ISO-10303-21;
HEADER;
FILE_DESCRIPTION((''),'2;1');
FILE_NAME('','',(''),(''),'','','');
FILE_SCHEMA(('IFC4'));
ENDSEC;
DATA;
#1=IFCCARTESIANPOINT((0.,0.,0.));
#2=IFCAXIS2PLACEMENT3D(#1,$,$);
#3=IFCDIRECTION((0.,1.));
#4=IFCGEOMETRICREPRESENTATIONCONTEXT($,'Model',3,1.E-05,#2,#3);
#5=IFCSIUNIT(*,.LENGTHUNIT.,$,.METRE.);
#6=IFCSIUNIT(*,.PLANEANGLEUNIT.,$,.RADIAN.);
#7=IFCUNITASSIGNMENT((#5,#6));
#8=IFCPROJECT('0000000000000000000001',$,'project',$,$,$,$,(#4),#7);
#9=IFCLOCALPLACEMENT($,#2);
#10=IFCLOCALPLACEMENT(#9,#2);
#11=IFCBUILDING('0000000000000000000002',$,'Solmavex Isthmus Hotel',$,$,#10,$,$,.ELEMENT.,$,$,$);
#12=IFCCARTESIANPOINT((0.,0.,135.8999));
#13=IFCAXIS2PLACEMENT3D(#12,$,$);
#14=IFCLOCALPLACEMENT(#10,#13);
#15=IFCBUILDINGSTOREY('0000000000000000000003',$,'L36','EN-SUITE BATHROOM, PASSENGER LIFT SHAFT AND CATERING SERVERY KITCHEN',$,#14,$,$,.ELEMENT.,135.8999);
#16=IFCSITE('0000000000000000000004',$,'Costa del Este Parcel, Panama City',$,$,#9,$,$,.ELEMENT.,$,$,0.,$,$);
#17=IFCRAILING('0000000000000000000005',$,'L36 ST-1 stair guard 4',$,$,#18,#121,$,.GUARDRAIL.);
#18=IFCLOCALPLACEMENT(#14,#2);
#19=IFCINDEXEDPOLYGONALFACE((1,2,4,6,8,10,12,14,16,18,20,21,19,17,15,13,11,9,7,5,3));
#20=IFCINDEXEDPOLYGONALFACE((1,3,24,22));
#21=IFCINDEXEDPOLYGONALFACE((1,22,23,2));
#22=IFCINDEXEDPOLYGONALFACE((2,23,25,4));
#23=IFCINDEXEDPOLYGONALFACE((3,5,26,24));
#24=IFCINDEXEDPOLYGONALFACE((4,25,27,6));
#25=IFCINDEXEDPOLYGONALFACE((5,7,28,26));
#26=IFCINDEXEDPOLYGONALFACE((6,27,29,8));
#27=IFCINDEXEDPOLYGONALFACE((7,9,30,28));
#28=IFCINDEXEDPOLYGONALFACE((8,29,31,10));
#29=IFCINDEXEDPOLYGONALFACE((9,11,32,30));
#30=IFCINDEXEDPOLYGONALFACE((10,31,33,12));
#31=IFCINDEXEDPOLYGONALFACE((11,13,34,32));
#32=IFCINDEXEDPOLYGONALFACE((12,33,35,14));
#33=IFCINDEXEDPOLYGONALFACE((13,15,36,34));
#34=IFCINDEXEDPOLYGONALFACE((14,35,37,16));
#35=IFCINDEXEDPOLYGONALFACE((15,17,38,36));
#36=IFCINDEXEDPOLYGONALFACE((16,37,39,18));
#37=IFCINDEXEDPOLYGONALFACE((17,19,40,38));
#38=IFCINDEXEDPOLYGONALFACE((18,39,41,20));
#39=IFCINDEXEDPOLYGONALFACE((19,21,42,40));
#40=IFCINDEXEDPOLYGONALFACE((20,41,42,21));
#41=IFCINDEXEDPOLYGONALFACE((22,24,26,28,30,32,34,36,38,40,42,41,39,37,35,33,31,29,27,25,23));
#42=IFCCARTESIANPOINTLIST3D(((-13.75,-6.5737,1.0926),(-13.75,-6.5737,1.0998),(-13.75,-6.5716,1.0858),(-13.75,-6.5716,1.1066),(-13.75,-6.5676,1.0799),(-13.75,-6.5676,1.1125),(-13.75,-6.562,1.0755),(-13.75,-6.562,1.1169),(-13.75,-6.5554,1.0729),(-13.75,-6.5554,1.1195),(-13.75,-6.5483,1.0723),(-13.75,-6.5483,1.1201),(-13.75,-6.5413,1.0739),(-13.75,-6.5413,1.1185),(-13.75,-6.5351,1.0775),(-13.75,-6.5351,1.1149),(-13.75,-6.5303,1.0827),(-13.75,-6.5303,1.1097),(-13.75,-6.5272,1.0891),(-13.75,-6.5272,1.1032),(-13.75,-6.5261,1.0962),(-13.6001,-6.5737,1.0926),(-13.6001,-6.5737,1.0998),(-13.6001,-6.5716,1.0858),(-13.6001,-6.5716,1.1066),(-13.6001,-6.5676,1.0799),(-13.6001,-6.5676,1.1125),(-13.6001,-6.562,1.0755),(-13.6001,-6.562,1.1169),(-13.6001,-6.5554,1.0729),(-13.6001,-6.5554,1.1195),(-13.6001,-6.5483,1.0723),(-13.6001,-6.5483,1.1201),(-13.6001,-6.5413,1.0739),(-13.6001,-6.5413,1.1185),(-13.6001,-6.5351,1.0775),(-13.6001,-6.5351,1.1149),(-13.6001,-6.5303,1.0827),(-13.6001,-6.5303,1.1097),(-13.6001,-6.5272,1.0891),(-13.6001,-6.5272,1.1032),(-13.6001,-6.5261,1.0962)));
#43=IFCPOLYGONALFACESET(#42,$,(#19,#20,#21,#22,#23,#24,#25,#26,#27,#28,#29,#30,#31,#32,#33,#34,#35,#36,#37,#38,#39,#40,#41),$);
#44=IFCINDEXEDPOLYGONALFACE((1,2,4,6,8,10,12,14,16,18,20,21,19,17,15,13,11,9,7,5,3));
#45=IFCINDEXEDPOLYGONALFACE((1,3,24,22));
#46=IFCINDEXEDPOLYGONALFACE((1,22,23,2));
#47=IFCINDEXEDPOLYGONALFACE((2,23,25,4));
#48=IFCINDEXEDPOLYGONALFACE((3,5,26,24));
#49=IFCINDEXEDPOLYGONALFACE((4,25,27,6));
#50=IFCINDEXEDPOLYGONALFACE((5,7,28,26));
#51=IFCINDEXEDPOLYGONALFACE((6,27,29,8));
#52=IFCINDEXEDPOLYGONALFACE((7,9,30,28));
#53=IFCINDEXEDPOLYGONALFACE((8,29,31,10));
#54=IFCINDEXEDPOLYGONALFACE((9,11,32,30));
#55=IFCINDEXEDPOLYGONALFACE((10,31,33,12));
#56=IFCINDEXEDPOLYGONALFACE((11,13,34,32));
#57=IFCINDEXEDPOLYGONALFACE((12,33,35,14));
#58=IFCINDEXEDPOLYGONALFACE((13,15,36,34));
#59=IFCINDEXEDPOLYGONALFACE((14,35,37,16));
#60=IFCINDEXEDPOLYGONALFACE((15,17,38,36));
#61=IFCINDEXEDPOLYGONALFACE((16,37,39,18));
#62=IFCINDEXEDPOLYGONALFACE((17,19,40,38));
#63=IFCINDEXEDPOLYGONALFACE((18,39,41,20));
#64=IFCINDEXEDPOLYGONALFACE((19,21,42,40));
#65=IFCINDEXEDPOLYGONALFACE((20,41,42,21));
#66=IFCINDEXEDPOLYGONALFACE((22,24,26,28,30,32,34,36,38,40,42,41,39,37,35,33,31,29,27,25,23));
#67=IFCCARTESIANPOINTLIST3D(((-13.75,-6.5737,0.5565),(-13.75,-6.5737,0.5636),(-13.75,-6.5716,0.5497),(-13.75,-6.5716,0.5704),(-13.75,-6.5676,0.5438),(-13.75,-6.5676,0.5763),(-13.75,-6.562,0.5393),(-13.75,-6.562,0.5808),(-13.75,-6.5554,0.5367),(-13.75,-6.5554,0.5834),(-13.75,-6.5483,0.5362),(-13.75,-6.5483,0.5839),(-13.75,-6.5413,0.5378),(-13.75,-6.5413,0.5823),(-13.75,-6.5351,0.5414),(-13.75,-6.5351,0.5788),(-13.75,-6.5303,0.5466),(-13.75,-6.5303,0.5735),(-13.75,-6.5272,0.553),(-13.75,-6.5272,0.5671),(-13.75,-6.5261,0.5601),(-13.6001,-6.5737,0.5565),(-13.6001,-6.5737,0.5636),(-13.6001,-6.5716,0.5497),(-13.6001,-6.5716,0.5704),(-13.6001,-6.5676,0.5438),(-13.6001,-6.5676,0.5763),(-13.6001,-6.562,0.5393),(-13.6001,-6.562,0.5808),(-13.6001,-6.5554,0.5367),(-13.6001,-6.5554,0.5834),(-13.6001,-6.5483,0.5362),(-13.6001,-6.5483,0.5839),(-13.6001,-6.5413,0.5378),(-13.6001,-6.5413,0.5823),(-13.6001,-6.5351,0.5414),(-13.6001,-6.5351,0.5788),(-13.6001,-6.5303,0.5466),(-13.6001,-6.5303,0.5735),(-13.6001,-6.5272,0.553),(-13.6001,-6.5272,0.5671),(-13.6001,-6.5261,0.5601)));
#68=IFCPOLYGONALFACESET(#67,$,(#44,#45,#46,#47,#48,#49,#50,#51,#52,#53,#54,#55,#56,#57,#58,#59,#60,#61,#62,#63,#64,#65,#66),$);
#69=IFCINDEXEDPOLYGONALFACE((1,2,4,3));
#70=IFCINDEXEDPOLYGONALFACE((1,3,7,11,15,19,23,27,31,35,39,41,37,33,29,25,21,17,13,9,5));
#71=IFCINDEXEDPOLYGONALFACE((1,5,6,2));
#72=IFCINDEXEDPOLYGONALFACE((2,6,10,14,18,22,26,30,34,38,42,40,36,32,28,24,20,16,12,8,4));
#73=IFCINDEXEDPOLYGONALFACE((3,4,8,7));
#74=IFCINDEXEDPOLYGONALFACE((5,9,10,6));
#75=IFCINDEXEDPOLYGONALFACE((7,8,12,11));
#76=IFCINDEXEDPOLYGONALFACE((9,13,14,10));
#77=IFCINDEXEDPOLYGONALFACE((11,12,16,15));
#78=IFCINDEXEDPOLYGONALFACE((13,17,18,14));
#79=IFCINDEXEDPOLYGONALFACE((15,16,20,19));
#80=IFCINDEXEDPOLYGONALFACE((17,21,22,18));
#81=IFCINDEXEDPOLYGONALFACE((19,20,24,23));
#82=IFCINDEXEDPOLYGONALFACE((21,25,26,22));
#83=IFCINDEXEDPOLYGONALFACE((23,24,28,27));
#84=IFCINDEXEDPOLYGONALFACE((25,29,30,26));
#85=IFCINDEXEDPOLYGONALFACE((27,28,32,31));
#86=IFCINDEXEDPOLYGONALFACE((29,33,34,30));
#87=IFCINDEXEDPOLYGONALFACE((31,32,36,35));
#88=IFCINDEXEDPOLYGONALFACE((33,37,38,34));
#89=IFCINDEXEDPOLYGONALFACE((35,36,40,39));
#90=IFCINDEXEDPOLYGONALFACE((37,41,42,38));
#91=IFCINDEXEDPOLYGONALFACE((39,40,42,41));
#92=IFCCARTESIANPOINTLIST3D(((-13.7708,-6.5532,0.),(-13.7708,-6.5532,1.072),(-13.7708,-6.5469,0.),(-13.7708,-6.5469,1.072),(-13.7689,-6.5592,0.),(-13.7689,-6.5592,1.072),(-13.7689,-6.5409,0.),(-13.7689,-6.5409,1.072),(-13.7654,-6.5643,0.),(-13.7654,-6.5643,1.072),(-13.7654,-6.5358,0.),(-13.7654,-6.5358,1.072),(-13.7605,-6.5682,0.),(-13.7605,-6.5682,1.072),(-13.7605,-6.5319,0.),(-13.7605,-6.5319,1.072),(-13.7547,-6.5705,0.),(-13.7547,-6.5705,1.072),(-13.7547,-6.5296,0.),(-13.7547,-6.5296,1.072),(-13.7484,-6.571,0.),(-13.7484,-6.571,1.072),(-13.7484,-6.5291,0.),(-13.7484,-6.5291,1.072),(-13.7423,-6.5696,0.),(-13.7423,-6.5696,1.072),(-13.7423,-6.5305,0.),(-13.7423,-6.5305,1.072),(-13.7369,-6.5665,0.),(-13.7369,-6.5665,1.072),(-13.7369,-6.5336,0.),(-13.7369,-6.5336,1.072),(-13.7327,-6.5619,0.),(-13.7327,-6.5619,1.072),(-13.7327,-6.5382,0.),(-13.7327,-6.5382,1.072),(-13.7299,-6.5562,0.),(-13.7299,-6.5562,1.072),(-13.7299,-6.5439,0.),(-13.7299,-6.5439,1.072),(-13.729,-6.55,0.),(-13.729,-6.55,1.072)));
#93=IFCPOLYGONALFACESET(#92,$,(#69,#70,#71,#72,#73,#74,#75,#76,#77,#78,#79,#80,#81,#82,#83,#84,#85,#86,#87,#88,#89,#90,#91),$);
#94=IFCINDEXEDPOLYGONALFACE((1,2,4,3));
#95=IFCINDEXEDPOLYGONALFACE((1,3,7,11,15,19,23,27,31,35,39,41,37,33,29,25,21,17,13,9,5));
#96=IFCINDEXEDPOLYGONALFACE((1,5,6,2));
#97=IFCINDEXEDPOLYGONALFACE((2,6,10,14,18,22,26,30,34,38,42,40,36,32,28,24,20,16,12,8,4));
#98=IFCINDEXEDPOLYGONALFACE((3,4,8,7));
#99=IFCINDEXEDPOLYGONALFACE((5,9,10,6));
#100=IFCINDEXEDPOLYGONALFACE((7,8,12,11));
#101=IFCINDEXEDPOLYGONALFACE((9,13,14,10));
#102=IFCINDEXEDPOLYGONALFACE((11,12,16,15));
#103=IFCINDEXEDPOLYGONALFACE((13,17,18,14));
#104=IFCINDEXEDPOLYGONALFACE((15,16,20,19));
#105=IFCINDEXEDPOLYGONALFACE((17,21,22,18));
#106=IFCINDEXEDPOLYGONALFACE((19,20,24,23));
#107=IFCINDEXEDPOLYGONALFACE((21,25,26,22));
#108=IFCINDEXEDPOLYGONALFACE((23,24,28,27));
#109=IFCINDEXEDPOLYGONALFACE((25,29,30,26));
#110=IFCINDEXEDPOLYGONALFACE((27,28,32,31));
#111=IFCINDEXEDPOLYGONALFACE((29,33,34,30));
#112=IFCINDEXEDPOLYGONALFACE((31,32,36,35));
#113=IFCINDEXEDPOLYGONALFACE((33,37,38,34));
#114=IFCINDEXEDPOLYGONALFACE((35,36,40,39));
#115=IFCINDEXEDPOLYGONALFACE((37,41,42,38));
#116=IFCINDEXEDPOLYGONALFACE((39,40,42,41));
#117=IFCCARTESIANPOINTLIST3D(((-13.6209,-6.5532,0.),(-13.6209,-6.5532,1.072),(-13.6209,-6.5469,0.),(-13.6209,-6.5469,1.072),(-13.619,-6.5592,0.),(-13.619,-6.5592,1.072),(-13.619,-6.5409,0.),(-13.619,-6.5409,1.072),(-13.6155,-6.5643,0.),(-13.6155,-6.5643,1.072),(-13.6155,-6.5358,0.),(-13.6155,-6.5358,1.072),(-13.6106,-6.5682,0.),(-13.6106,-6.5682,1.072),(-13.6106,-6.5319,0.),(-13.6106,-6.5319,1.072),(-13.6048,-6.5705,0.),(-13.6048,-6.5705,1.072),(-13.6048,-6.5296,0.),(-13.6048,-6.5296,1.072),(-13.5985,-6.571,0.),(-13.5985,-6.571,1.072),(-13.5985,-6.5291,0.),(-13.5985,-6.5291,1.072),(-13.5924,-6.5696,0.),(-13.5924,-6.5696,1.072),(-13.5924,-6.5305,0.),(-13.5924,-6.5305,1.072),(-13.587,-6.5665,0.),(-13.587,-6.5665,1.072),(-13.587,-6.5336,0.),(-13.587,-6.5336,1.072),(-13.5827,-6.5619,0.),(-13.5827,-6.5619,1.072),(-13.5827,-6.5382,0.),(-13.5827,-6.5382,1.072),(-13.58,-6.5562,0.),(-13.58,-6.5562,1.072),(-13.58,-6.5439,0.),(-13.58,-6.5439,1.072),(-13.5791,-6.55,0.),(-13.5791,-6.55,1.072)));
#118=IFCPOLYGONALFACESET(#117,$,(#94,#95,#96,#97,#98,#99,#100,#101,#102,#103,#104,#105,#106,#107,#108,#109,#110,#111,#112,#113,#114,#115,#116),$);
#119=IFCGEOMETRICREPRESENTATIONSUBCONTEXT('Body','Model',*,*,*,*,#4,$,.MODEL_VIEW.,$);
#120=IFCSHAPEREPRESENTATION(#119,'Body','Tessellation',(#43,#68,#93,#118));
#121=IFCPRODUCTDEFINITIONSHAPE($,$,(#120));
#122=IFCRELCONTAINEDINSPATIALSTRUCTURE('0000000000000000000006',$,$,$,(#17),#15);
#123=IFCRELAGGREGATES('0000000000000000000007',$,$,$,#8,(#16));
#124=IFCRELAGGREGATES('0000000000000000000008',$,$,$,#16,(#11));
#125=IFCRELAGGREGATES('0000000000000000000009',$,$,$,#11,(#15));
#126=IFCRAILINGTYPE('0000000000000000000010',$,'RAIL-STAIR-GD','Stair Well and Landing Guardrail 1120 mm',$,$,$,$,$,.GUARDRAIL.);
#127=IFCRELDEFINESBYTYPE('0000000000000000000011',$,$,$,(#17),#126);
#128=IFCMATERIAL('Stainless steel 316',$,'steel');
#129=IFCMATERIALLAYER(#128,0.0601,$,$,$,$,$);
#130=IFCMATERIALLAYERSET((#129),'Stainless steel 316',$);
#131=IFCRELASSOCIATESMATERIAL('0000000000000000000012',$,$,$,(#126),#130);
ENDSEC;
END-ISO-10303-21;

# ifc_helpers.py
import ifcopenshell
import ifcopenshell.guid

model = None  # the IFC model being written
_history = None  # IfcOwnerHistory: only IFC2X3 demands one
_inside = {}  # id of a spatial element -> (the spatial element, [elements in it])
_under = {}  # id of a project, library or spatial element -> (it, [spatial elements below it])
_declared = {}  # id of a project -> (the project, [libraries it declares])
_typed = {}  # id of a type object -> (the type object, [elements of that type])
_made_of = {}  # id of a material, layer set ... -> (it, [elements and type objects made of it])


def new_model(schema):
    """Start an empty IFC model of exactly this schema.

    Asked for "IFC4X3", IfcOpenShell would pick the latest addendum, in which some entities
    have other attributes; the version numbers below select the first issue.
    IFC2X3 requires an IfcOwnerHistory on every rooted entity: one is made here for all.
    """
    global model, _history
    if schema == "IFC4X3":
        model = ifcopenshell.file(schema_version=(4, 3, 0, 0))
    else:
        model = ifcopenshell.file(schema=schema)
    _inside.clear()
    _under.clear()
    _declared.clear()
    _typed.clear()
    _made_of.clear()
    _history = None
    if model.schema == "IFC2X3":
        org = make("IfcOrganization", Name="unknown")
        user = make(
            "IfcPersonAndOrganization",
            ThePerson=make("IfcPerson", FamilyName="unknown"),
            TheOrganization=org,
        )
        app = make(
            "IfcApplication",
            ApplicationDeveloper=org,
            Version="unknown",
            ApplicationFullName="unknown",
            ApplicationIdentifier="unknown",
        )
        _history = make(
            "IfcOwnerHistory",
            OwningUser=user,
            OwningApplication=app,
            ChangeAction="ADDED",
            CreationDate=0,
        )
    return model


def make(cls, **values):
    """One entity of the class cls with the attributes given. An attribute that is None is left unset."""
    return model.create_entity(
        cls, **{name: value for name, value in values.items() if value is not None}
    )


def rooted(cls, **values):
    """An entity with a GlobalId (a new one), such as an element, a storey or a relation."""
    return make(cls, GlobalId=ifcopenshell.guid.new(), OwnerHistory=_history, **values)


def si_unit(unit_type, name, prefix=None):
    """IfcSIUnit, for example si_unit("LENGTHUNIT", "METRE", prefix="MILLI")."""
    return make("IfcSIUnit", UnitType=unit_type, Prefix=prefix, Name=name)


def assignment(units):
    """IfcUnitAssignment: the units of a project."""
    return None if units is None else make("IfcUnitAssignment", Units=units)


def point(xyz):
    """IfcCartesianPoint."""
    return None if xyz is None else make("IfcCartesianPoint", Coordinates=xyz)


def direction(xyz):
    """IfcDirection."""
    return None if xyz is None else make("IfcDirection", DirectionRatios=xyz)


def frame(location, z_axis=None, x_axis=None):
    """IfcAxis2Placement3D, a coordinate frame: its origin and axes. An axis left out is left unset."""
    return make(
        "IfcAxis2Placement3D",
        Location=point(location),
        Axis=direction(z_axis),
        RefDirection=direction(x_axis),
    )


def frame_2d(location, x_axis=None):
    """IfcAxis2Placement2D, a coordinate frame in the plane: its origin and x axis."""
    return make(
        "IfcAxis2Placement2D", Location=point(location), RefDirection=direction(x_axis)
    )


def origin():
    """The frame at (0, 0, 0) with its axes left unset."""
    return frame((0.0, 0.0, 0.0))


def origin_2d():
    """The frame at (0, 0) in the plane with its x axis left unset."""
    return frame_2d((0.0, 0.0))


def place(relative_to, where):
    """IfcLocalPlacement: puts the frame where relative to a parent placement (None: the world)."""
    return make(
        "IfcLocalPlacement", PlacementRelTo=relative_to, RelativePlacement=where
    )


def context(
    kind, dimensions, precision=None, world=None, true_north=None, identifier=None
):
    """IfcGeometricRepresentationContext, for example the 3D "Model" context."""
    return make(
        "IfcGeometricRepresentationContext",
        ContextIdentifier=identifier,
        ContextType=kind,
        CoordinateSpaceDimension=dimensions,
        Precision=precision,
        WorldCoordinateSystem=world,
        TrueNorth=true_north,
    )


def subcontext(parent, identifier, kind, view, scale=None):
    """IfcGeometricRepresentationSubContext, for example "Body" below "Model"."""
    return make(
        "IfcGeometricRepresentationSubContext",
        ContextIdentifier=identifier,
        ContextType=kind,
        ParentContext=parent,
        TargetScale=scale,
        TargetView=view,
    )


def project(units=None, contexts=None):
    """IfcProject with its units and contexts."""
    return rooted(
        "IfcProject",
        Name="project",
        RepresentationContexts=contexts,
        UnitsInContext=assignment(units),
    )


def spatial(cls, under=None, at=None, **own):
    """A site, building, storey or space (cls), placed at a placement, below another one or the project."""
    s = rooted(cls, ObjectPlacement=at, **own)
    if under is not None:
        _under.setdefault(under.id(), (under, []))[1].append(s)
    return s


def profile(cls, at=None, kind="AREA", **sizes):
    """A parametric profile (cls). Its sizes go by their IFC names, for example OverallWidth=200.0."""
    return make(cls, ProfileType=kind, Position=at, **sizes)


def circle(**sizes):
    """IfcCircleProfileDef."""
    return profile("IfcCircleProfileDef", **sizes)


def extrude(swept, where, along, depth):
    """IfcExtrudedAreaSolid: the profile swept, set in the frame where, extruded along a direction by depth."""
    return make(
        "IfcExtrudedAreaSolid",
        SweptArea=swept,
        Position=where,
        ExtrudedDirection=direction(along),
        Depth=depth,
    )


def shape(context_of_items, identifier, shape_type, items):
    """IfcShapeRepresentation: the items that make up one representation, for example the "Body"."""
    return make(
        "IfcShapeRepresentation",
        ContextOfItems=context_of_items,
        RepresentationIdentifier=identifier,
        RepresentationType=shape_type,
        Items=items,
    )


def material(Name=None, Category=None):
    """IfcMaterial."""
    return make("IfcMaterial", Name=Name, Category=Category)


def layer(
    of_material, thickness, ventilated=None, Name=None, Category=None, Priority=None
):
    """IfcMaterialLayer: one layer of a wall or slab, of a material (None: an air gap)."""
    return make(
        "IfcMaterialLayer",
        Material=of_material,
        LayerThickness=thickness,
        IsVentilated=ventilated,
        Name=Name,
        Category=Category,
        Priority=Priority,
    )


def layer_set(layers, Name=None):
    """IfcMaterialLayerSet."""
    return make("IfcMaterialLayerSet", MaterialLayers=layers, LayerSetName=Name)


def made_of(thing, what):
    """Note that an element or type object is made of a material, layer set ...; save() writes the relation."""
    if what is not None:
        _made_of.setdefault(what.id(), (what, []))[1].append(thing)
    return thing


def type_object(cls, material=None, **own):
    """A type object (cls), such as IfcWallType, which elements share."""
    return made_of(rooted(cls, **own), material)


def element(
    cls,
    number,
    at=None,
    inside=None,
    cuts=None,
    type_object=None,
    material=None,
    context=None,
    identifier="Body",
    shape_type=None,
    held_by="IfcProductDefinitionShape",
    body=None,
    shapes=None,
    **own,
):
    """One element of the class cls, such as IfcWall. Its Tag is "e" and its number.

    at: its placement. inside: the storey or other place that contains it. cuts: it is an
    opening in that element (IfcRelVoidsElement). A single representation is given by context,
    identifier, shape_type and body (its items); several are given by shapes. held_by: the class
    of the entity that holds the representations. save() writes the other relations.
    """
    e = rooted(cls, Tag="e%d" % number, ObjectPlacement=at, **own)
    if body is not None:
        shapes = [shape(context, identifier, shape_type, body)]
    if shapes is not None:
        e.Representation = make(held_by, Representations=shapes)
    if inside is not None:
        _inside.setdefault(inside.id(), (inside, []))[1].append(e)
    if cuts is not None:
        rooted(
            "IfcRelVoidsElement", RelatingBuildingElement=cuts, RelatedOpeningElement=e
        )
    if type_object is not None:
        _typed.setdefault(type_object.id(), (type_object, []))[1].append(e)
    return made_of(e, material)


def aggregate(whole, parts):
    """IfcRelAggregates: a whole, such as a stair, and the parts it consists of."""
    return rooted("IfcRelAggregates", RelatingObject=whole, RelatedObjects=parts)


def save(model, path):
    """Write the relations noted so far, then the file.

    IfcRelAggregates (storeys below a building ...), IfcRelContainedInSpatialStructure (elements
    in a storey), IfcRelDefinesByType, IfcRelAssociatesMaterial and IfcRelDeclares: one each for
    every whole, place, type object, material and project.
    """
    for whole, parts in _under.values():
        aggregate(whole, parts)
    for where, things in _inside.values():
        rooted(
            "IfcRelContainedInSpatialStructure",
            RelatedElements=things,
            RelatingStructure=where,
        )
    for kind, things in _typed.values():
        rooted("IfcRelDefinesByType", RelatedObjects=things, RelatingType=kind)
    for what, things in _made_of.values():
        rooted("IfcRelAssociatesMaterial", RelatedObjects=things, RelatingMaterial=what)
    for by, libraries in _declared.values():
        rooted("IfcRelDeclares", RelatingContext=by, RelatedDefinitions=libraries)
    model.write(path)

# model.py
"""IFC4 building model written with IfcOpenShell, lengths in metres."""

from ifc_helpers import new_model, si_unit, direction, frame, origin, origin_2d, place, context, subcontext, project, spatial, circle, extrude, material, layer, layer_set, type_object, element, save


model = new_model("IFC4")

# Units and contexts
model_context = context("Model", 3, precision=1e-05, world=origin(), true_north=direction((0.0, 1.0)))
body_context = subcontext(model_context, "Body", "Model", "MODEL_VIEW")
ifc_project = project(units=[si_unit("LENGTHUNIT", "METRE"), si_unit("PLANEANGLEUNIT", "RADIAN")], contexts=[model_context])

# Site, building, storey
site_placement = place(None, origin())
site = spatial("IfcSite", under=ifc_project, at=site_placement, Name="Costa del Este Parcel, Panama City", CompositionType="ELEMENT", RefElevation=0.0)
building_placement = place(site_placement, origin())
building = spatial("IfcBuilding", under=site, at=building_placement, Name="Solmavex Isthmus Hotel", CompositionType="ELEMENT")
storey_placement = place(building_placement, frame((0.0, 0.0, 135.8999)))
storey = spatial("IfcBuildingStorey", under=building, at=storey_placement, Name="L36", Description="EN-SUITE BATHROOM, PASSENGER LIFT SHAFT AND CATERING SERVERY KITCHEN", CompositionType="ELEMENT", Elevation=135.8999)

# Railing
ifc_material_1 = material(Name="Stainless steel 316", Category="steel")
ifc_layer_1 = layer(ifc_material_1, 0.0601)
ifc_layer_set_1 = layer_set([ifc_layer_1], Name="Stainless steel 316")
railing_type_1 = type_object("IfcRailingType", Name="RAIL-STAIR-GD", Description="Stair Well and Landing Guardrail 1120 mm", PredefinedType="GUARDRAIL", material=ifc_layer_set_1)
railing_1_placement = place(storey_placement, frame((-13.75, -6.55, 0.0)))
element("IfcRailing", 1, at=railing_1_placement, inside=storey, type_object=railing_type_1, Name="L36 ST-1 stair guard 4", PredefinedType="GUARDRAIL", context=body_context, shape_type="SweptSolid", body=[
    extrude(circle(Radius=0.0239, at=origin_2d()), frame((0.0, 0.0, 1.0962), z_axis=(1.0, 0.0, 0.0), x_axis=(0.0, 1.0, 0.0)), (0.0, 0.0, 1.0), 0.1499),
    extrude(circle(Radius=0.0239, at=origin_2d()), frame((0.0, 0.0, 0.5601), z_axis=(1.0, 0.0, 0.0), x_axis=(0.0, 1.0, 0.0)), (0.0, 0.0, 1.0), 0.1499),
    extrude(circle(Radius=0.021, at=origin_2d()), origin(), (0.0, 0.0, 1.0), 1.072),
    extrude(circle(Radius=0.021, at=origin_2d()), frame((0.1499, 0.0, 0.0)), (0.0, 0.0, 1.0), 1.072),
])

save(model, "model.ifc")
